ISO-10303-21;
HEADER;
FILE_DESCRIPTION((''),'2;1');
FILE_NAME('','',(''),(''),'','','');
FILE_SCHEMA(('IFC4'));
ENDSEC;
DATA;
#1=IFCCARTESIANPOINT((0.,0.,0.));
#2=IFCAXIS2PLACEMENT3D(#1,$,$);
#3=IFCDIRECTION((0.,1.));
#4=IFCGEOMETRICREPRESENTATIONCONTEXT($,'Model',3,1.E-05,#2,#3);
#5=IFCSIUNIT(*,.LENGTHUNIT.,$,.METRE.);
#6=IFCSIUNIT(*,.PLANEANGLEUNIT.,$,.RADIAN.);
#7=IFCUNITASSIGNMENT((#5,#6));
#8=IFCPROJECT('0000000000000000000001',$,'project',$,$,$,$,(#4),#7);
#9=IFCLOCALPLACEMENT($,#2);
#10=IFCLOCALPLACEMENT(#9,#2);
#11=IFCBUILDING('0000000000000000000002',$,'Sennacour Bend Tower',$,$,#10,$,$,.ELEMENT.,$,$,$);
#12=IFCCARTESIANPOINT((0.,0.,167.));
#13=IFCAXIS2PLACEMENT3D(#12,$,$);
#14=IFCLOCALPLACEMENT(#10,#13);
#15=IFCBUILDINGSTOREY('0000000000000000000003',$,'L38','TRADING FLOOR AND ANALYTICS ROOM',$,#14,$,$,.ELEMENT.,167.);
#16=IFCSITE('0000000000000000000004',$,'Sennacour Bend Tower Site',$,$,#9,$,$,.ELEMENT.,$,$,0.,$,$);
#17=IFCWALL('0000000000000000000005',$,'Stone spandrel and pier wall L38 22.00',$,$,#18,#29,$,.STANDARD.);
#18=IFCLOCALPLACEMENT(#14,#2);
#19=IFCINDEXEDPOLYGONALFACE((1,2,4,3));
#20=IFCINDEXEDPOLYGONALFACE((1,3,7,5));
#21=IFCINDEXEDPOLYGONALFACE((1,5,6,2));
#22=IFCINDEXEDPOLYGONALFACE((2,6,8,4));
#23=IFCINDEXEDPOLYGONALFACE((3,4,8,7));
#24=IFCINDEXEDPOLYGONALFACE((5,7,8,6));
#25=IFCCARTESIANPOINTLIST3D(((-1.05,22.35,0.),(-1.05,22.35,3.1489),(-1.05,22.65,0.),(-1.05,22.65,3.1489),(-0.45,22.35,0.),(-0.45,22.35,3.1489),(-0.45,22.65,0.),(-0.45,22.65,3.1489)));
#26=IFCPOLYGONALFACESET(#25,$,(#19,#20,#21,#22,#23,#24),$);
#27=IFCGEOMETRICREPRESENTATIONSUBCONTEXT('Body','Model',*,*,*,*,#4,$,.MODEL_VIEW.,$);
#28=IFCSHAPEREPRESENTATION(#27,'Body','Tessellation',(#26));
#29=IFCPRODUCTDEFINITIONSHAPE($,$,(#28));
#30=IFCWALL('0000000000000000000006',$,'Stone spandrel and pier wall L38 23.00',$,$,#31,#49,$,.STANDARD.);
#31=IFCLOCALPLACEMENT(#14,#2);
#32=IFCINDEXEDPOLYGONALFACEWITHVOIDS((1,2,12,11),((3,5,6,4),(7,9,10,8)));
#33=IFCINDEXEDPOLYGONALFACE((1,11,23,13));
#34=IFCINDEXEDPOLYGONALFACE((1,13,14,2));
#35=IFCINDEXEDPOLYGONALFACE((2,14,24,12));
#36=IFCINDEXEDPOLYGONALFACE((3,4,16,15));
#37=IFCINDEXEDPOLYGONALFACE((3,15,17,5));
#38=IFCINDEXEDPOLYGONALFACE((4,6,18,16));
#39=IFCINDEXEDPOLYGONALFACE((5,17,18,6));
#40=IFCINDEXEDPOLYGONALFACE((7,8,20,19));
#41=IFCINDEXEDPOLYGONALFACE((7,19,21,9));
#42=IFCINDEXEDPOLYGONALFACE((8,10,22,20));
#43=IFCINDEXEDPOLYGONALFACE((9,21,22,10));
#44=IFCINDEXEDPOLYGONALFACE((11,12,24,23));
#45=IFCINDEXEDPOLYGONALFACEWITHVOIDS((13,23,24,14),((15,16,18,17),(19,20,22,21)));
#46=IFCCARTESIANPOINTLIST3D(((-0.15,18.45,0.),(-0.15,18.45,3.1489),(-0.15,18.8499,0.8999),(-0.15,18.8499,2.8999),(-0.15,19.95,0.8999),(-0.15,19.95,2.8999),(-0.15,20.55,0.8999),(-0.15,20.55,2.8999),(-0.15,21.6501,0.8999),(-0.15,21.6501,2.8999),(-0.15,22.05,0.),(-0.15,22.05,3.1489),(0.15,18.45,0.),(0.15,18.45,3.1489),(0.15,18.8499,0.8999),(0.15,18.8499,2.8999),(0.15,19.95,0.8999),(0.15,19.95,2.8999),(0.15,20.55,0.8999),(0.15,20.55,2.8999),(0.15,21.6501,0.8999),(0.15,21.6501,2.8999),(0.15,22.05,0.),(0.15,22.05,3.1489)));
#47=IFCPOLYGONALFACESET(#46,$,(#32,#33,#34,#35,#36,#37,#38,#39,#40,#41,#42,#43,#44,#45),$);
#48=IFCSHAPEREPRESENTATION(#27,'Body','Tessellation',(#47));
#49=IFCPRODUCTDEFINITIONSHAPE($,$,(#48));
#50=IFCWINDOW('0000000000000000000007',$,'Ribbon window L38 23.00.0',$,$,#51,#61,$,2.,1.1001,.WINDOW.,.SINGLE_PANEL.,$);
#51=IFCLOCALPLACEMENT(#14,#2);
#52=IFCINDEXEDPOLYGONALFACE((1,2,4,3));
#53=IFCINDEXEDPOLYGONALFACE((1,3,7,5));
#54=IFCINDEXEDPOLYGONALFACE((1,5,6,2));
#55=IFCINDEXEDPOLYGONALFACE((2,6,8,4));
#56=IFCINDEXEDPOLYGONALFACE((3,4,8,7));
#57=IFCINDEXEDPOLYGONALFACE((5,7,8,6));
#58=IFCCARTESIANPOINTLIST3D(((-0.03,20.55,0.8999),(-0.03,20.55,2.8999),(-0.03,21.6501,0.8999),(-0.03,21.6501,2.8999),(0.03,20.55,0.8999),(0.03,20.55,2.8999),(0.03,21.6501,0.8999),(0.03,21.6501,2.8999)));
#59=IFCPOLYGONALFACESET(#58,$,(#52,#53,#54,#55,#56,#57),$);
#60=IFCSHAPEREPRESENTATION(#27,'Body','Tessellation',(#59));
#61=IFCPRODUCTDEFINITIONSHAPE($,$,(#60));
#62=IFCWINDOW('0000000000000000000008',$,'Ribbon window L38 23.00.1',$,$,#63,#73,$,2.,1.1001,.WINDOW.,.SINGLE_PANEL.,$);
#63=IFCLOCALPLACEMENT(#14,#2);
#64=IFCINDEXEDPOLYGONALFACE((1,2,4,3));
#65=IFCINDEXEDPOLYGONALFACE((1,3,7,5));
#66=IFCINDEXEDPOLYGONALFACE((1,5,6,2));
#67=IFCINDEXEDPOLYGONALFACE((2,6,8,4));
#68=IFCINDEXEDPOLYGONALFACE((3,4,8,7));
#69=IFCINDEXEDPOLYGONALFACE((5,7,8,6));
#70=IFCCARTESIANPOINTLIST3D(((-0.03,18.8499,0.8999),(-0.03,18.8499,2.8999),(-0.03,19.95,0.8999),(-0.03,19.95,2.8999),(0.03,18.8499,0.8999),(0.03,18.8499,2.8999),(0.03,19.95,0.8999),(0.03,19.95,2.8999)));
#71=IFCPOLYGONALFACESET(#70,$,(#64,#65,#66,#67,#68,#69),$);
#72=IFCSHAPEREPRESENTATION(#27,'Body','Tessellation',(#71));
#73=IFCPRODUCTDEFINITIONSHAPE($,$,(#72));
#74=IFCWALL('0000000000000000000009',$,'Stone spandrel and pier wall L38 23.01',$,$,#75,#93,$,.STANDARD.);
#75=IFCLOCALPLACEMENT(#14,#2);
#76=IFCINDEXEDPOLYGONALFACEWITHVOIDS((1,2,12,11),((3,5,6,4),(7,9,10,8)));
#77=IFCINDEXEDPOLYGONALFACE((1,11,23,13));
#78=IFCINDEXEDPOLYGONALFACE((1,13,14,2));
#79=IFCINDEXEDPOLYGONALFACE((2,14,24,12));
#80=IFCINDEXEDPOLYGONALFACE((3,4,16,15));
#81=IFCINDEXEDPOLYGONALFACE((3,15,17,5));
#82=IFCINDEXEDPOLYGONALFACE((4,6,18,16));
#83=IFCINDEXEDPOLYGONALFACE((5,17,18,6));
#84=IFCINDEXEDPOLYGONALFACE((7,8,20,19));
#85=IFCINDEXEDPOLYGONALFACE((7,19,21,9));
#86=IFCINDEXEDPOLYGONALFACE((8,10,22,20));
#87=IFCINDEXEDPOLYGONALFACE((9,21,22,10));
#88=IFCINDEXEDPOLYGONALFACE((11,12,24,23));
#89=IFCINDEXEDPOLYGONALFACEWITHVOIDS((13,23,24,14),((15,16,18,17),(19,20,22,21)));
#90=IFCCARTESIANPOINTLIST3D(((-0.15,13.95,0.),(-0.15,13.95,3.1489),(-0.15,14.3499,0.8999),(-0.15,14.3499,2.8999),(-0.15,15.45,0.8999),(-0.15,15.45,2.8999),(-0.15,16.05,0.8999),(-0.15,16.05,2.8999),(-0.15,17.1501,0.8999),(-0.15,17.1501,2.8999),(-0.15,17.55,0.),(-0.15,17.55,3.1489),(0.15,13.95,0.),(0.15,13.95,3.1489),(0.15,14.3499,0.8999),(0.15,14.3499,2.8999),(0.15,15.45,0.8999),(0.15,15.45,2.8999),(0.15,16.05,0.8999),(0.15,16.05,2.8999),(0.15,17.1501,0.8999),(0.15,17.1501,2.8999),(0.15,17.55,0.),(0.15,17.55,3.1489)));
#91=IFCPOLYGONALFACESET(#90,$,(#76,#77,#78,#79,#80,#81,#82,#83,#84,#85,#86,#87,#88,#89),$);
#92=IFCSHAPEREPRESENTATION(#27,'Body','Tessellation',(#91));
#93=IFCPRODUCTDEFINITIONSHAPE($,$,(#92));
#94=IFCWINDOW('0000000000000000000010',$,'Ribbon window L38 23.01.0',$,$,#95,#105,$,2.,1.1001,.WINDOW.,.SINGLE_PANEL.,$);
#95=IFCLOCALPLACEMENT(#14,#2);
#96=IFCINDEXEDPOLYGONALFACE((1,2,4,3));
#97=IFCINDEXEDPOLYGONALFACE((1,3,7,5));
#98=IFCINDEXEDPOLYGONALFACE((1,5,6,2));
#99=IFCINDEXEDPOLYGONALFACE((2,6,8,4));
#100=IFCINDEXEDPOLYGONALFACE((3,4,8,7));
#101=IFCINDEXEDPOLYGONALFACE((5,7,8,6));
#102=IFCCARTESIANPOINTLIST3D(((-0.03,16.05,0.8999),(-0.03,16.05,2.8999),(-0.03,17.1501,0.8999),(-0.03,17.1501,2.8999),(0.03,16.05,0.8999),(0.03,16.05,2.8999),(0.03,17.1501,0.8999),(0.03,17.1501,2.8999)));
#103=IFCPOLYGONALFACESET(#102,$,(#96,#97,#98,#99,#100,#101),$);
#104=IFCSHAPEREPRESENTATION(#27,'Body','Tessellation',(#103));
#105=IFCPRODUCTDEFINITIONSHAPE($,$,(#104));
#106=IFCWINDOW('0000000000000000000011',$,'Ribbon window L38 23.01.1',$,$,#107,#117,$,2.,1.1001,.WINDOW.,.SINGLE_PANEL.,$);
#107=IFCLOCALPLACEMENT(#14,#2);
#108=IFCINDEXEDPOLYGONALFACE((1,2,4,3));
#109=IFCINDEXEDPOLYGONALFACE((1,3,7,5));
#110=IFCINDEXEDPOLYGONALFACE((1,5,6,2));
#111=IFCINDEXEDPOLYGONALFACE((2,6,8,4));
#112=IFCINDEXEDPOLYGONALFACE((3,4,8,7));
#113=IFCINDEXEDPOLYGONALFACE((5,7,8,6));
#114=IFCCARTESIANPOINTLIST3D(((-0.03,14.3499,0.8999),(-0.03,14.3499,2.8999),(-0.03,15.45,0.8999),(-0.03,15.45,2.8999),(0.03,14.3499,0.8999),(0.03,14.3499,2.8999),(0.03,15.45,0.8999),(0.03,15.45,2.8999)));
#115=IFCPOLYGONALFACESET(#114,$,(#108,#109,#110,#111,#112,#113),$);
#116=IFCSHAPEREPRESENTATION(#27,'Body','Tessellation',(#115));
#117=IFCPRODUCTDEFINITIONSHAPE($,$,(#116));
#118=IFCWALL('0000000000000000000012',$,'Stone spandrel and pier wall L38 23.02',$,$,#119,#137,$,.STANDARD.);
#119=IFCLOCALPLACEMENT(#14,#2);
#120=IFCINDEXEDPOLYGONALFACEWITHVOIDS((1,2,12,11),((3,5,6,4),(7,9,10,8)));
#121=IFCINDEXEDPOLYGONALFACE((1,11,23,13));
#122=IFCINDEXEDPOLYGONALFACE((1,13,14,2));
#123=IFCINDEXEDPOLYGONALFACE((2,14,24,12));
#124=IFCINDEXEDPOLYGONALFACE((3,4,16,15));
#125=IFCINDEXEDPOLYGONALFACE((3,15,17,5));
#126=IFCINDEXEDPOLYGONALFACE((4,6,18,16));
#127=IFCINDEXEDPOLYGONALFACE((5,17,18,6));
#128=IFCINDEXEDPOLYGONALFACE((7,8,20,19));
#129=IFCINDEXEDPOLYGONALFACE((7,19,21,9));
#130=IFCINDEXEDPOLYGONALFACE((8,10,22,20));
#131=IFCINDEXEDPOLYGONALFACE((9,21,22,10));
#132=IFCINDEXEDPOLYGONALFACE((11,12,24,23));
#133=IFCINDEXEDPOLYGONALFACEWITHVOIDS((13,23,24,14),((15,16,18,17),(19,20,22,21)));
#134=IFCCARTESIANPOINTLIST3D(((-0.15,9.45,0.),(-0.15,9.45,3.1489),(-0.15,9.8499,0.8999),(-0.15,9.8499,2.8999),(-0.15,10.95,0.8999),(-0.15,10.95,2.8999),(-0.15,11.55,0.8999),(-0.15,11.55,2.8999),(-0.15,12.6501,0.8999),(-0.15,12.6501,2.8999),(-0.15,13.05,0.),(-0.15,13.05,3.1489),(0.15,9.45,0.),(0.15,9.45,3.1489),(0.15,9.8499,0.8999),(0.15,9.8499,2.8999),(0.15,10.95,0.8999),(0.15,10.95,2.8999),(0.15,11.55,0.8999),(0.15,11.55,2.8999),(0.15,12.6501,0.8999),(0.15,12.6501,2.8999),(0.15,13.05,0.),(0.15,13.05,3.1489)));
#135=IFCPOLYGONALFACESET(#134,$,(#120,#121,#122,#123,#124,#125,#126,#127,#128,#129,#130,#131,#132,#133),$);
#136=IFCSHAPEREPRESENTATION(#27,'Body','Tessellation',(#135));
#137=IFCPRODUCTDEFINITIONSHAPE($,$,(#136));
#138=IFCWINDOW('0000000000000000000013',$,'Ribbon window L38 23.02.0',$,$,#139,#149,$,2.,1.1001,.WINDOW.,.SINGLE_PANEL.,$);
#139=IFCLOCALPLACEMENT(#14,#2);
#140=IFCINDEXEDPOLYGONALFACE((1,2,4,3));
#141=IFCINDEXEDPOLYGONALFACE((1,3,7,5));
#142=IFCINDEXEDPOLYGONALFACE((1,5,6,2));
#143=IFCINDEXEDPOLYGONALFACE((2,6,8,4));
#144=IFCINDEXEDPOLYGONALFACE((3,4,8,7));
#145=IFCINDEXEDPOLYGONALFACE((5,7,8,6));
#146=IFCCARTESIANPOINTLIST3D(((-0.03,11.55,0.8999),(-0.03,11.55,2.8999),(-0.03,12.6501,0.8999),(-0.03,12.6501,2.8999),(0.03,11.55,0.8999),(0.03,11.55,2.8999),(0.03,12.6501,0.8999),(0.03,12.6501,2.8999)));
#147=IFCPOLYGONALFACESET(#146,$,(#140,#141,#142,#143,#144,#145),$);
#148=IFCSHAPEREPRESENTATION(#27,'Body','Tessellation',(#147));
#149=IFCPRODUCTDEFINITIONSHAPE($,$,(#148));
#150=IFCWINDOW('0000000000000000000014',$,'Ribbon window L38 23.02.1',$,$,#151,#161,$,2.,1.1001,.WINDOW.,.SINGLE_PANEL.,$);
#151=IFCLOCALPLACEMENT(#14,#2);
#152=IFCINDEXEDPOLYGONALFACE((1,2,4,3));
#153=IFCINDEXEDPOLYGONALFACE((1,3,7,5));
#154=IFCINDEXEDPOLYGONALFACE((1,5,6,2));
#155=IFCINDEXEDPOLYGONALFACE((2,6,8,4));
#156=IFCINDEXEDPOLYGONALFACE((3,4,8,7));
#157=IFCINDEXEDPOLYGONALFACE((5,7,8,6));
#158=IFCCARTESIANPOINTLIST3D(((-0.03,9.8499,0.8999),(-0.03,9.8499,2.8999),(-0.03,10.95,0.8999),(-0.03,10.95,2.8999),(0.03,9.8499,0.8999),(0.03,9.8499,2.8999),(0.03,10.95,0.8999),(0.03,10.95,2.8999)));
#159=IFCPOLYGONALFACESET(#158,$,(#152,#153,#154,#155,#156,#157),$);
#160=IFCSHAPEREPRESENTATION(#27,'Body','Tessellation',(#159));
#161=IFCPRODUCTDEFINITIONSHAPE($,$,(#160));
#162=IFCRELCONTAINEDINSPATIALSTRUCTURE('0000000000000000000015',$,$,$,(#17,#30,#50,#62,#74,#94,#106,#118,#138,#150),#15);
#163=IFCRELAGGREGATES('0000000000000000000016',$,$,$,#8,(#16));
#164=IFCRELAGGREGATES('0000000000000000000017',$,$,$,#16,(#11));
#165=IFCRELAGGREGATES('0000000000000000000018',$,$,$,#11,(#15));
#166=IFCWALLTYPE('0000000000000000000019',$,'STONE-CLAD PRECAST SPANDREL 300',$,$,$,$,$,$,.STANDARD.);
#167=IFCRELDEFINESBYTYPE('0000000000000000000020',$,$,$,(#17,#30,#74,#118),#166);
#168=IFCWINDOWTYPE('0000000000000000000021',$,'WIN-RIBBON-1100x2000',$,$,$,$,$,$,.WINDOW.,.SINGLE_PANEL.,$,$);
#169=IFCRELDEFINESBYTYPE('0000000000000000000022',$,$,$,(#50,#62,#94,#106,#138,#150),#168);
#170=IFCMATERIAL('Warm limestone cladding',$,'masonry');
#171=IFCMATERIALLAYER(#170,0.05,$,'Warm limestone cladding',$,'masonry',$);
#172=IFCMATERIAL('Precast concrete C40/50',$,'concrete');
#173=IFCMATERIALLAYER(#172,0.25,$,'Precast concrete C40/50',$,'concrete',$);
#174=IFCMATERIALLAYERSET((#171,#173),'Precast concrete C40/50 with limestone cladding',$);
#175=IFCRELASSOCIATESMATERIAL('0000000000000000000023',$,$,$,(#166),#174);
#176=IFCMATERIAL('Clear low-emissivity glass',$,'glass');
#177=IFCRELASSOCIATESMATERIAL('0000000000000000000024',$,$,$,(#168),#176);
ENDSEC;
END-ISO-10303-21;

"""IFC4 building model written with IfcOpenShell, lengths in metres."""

from ifc_helpers import new_model, si_unit, direction, frame, frame_2d, origin, place, context, subcontext, project, spatial, rectangle, extrude, material, layer, layer_set, type_object, element, fill, save


model = new_model("IFC4")

# Units and contexts
model_context = context("Model", 3, precision=1e-05, world=origin(), true_north=direction((0.0, 1.0)))
body_context = subcontext(model_context, "Body", "Model", "MODEL_VIEW")
ifc_project = project(units=[si_unit("LENGTHUNIT", "METRE"), si_unit("PLANEANGLEUNIT", "RADIAN")], contexts=[model_context])

# Site, building, storey
site_placement = place(None, origin())
site = spatial("IfcSite", under=ifc_project, at=site_placement, Name="Sennacour Bend Tower Site", CompositionType="ELEMENT", RefElevation=0.0)
building_placement = place(site_placement, origin())
building = spatial("IfcBuilding", under=site, at=building_placement, Name="Sennacour Bend Tower", CompositionType="ELEMENT")
storey_placement = place(building_placement, frame((0.0, 0.0, 167.0)))
storey = spatial("IfcBuildingStorey", under=building, at=storey_placement, Name="L38", Description="TRADING FLOOR AND ANALYTICS ROOM", CompositionType="ELEMENT", Elevation=167.0)

# Wall
ifc_material_1 = material(Name="Warm limestone cladding", Category="masonry")
ifc_layer_1 = layer(ifc_material_1, 0.05, Name="Warm limestone cladding", Category="masonry")
ifc_material_2 = material(Name="Precast concrete C40/50", Category="concrete")
ifc_layer_2 = layer(ifc_material_2, 0.25, Name="Precast concrete C40/50", Category="concrete")
ifc_layer_set = layer_set([ifc_layer_1, ifc_layer_2], Name="Precast concrete C40/50 with limestone cladding")
wall_type = type_object("IfcWallType", Name="STONE-CLAD PRECAST SPANDREL 300", PredefinedType="STANDARD", material=ifc_layer_set)
wall_1_placement = place(storey_placement, frame((-1.05, 22.5, 0.0), z_axis=(0.0, 0.0, 1.0), x_axis=(1.0, 0.0, 0.0)))
element("IfcWall", 1, at=wall_1_placement, inside=storey, type_object=wall_type, Name="Stone spandrel and pier wall L38 22.00", PredefinedType="STANDARD", context=body_context, shape_type="SweptSolid", body=[
    extrude(rectangle(XDim=0.6001, YDim=0.3, at=frame_2d((0.3, 0.0))), origin(), (0.0, 0.0, 1.0), 3.1489),
])

# Walls, openings, windows
wall_2_placement = place(storey_placement, frame((0.0, 22.05, 0.0), z_axis=(0.0, 0.0, 1.0), x_axis=(0.0, -1.0, 0.0)))
wall_2 = element("IfcWall", 2, at=wall_2_placement, inside=storey, type_object=wall_type, Name="Stone spandrel and pier wall L38 23.00", PredefinedType="STANDARD", context=body_context, shape_type="SweptSolid", body=[
    extrude(rectangle(XDim=3.6001, YDim=0.3, at=frame_2d((1.8, 0.0))), origin(), (0.0, 0.0, 1.0), 3.1489),
])
opening_1_placement = place(wall_2_placement, frame((0.3999, 0.0, 0.8999)))
opening_1 = element("IfcOpeningElement", 3, at=opening_1_placement, cuts=wall_2, PredefinedType="OPENING", context=body_context, shape_type="SweptSolid", body=[
    extrude(rectangle(XDim=1.1001, YDim=2.0, at=frame_2d((0.55, 1.0))), frame((0.0, 0.1602, 0.0), z_axis=(0.0, -1.0, 0.0), x_axis=(1.0, 0.0, 0.0)), (0.0, 0.0, 1.0), 0.3201),
])
opening_2_placement = place(wall_2_placement, frame((2.1001, 0.0, 0.8999)))
opening_2 = element("IfcOpeningElement", 4, at=opening_2_placement, cuts=wall_2, PredefinedType="OPENING", context=body_context, shape_type="SweptSolid", body=[
    extrude(rectangle(XDim=1.1001, YDim=2.0, at=frame_2d((0.55, 1.0))), frame((0.0, 0.1602, 0.0), z_axis=(0.0, -1.0, 0.0), x_axis=(1.0, 0.0, 0.0)), (0.0, 0.0, 1.0), 0.3201),
])
ifc_material_3 = material(Name="Clear low-emissivity glass", Category="glass")
window_type = type_object("IfcWindowType", Name="WIN-RIBBON-1100x2000", PartitioningType="SINGLE_PANEL", PredefinedType="WINDOW", material=ifc_material_3)
window_1_placement = place(opening_1_placement, origin())
window_1 = element("IfcWindow", 5, at=window_1_placement, inside=storey, type_object=window_type, Name="Ribbon window L38 23.00.0", OverallHeight=2.0, OverallWidth=1.1001, PartitioningType="SINGLE_PANEL", PredefinedType="WINDOW", context=body_context, shape_type="SweptSolid", body=[
    extrude(rectangle(XDim=1.1001, YDim=2.0, at=frame_2d((0.55, 1.0))), frame((0.0, 0.03, 0.0), z_axis=(0.0, -1.0, 0.0), x_axis=(1.0, 0.0, 0.0)), (0.0, 0.0, 1.0), 0.0601),
])
fill(opening_1, window_1)
window_2_placement = place(opening_2_placement, origin())
window_2 = element("IfcWindow", 6, at=window_2_placement, inside=storey, type_object=window_type, Name="Ribbon window L38 23.00.1", OverallHeight=2.0, OverallWidth=1.1001, PartitioningType="SINGLE_PANEL", PredefinedType="WINDOW", context=body_context, shape_type="SweptSolid", body=[
    extrude(rectangle(XDim=1.1001, YDim=2.0, at=frame_2d((0.55, 1.0))), frame((0.0, 0.03, 0.0), z_axis=(0.0, -1.0, 0.0), x_axis=(1.0, 0.0, 0.0)), (0.0, 0.0, 1.0), 0.0601),
])
fill(opening_2, window_2)
wall_3_placement = place(storey_placement, frame((0.0, 17.55, 0.0), z_axis=(0.0, 0.0, 1.0), x_axis=(0.0, -1.0, 0.0)))
wall_3 = element("IfcWall", 7, at=wall_3_placement, inside=storey, type_object=wall_type, Name="Stone spandrel and pier wall L38 23.01", PredefinedType="STANDARD", context=body_context, shape_type="SweptSolid", body=[
    extrude(rectangle(XDim=3.6001, YDim=0.3, at=frame_2d((1.8, 0.0))), origin(), (0.0, 0.0, 1.0), 3.1489),
])
opening_3_placement = place(wall_3_placement, frame((0.3999, 0.0, 0.8999)))
opening_3 = element("IfcOpeningElement", 8, at=opening_3_placement, cuts=wall_3, PredefinedType="OPENING", context=body_context, shape_type="SweptSolid", body=[
    extrude(rectangle(XDim=1.1001, YDim=2.0, at=frame_2d((0.55, 1.0))), frame((0.0, 0.1602, 0.0), z_axis=(0.0, -1.0, 0.0), x_axis=(1.0, 0.0, 0.0)), (0.0, 0.0, 1.0), 0.3201),
])
opening_4_placement = place(wall_3_placement, frame((2.1001, 0.0, 0.8999)))
opening_4 = element("IfcOpeningElement", 9, at=opening_4_placement, cuts=wall_3, PredefinedType="OPENING", context=body_context, shape_type="SweptSolid", body=[
    extrude(rectangle(XDim=1.1001, YDim=2.0, at=frame_2d((0.55, 1.0))), frame((0.0, 0.1602, 0.0), z_axis=(0.0, -1.0, 0.0), x_axis=(1.0, 0.0, 0.0)), (0.0, 0.0, 1.0), 0.3201),
])
window_3_placement = place(opening_3_placement, origin())
window_3 = element("IfcWindow", 10, at=window_3_placement, inside=storey, type_object=window_type, Name="Ribbon window L38 23.01.0", OverallHeight=2.0, OverallWidth=1.1001, PartitioningType="SINGLE_PANEL", PredefinedType="WINDOW", context=body_context, shape_type="SweptSolid", body=[
    extrude(rectangle(XDim=1.1001, YDim=2.0, at=frame_2d((0.55, 1.0))), frame((0.0, 0.03, 0.0), z_axis=(0.0, -1.0, 0.0), x_axis=(1.0, 0.0, 0.0)), (0.0, 0.0, 1.0), 0.0601),
])
fill(opening_3, window_3)
window_4_placement = place(opening_4_placement, origin())
window_4 = element("IfcWindow", 11, at=window_4_placement, inside=storey, type_object=window_type, Name="Ribbon window L38 23.01.1", OverallHeight=2.0, OverallWidth=1.1001, PartitioningType="SINGLE_PANEL", PredefinedType="WINDOW", context=body_context, shape_type="SweptSolid", body=[
    extrude(rectangle(XDim=1.1001, YDim=2.0, at=frame_2d((0.55, 1.0))), frame((0.0, 0.03, 0.0), z_axis=(0.0, -1.0, 0.0), x_axis=(1.0, 0.0, 0.0)), (0.0, 0.0, 1.0), 0.0601),
])
fill(opening_4, window_4)
wall_4_placement = place(storey_placement, frame((0.0, 13.05, 0.0), z_axis=(0.0, 0.0, 1.0), x_axis=(0.0, -1.0, 0.0)))
wall_4 = element("IfcWall", 12, at=wall_4_placement, inside=storey, type_object=wall_type, Name="Stone spandrel and pier wall L38 23.02", PredefinedType="STANDARD", context=body_context, shape_type="SweptSolid", body=[
    extrude(rectangle(XDim=3.6001, YDim=0.3, at=frame_2d((1.8, 0.0))), origin(), (0.0, 0.0, 1.0), 3.1489),
])
opening_5_placement = place(wall_4_placement, frame((0.3999, 0.0, 0.8999)))
opening_5 = element("IfcOpeningElement", 13, at=opening_5_placement, cuts=wall_4, PredefinedType="OPENING", context=body_context, shape_type="SweptSolid", body=[
    extrude(rectangle(XDim=1.1001, YDim=2.0, at=frame_2d((0.55, 1.0))), frame((0.0, 0.1602, 0.0), z_axis=(0.0, -1.0, 0.0), x_axis=(1.0, 0.0, 0.0)), (0.0, 0.0, 1.0), 0.3201),
])
opening_6_placement = place(wall_4_placement, frame((2.1001, 0.0, 0.8999)))
opening_6 = element("IfcOpeningElement", 14, at=opening_6_placement, cuts=wall_4, PredefinedType="OPENING", context=body_context, shape_type="SweptSolid", body=[
    extrude(rectangle(XDim=1.1001, YDim=2.0, at=frame_2d((0.55, 1.0))), frame((0.0, 0.1602, 0.0), z_axis=(0.0, -1.0, 0.0), x_axis=(1.0, 0.0, 0.0)), (0.0, 0.0, 1.0), 0.3201),
])
window_5_placement = place(opening_5_placement, origin())
window_5 = element("IfcWindow", 15, at=window_5_placement, inside=storey, type_object=window_type, Name="Ribbon window L38 23.02.0", OverallHeight=2.0, OverallWidth=1.1001, PartitioningType="SINGLE_PANEL", PredefinedType="WINDOW", context=body_context, shape_type="SweptSolid", body=[
    extrude(rectangle(XDim=1.1001, YDim=2.0, at=frame_2d((0.55, 1.0))), frame((0.0, 0.03, 0.0), z_axis=(0.0, -1.0, 0.0), x_axis=(1.0, 0.0, 0.0)), (0.0, 0.0, 1.0), 0.0601),
])
fill(opening_5, window_5)
window_6_placement = place(opening_6_placement, origin())
window_6 = element("IfcWindow", 16, at=window_6_placement, inside=storey, type_object=window_type, Name="Ribbon window L38 23.02.1", OverallHeight=2.0, OverallWidth=1.1001, PartitioningType="SINGLE_PANEL", PredefinedType="WINDOW", context=body_context, shape_type="SweptSolid", body=[
    extrude(rectangle(XDim=1.1001, YDim=2.0, at=frame_2d((0.55, 1.0))), frame((0.0, 0.03, 0.0), z_axis=(0.0, -1.0, 0.0), x_axis=(1.0, 0.0, 0.0)), (0.0, 0.0, 1.0), 0.0601),
])
fill(opening_6, window_6)

save(model, "model.ifc")
